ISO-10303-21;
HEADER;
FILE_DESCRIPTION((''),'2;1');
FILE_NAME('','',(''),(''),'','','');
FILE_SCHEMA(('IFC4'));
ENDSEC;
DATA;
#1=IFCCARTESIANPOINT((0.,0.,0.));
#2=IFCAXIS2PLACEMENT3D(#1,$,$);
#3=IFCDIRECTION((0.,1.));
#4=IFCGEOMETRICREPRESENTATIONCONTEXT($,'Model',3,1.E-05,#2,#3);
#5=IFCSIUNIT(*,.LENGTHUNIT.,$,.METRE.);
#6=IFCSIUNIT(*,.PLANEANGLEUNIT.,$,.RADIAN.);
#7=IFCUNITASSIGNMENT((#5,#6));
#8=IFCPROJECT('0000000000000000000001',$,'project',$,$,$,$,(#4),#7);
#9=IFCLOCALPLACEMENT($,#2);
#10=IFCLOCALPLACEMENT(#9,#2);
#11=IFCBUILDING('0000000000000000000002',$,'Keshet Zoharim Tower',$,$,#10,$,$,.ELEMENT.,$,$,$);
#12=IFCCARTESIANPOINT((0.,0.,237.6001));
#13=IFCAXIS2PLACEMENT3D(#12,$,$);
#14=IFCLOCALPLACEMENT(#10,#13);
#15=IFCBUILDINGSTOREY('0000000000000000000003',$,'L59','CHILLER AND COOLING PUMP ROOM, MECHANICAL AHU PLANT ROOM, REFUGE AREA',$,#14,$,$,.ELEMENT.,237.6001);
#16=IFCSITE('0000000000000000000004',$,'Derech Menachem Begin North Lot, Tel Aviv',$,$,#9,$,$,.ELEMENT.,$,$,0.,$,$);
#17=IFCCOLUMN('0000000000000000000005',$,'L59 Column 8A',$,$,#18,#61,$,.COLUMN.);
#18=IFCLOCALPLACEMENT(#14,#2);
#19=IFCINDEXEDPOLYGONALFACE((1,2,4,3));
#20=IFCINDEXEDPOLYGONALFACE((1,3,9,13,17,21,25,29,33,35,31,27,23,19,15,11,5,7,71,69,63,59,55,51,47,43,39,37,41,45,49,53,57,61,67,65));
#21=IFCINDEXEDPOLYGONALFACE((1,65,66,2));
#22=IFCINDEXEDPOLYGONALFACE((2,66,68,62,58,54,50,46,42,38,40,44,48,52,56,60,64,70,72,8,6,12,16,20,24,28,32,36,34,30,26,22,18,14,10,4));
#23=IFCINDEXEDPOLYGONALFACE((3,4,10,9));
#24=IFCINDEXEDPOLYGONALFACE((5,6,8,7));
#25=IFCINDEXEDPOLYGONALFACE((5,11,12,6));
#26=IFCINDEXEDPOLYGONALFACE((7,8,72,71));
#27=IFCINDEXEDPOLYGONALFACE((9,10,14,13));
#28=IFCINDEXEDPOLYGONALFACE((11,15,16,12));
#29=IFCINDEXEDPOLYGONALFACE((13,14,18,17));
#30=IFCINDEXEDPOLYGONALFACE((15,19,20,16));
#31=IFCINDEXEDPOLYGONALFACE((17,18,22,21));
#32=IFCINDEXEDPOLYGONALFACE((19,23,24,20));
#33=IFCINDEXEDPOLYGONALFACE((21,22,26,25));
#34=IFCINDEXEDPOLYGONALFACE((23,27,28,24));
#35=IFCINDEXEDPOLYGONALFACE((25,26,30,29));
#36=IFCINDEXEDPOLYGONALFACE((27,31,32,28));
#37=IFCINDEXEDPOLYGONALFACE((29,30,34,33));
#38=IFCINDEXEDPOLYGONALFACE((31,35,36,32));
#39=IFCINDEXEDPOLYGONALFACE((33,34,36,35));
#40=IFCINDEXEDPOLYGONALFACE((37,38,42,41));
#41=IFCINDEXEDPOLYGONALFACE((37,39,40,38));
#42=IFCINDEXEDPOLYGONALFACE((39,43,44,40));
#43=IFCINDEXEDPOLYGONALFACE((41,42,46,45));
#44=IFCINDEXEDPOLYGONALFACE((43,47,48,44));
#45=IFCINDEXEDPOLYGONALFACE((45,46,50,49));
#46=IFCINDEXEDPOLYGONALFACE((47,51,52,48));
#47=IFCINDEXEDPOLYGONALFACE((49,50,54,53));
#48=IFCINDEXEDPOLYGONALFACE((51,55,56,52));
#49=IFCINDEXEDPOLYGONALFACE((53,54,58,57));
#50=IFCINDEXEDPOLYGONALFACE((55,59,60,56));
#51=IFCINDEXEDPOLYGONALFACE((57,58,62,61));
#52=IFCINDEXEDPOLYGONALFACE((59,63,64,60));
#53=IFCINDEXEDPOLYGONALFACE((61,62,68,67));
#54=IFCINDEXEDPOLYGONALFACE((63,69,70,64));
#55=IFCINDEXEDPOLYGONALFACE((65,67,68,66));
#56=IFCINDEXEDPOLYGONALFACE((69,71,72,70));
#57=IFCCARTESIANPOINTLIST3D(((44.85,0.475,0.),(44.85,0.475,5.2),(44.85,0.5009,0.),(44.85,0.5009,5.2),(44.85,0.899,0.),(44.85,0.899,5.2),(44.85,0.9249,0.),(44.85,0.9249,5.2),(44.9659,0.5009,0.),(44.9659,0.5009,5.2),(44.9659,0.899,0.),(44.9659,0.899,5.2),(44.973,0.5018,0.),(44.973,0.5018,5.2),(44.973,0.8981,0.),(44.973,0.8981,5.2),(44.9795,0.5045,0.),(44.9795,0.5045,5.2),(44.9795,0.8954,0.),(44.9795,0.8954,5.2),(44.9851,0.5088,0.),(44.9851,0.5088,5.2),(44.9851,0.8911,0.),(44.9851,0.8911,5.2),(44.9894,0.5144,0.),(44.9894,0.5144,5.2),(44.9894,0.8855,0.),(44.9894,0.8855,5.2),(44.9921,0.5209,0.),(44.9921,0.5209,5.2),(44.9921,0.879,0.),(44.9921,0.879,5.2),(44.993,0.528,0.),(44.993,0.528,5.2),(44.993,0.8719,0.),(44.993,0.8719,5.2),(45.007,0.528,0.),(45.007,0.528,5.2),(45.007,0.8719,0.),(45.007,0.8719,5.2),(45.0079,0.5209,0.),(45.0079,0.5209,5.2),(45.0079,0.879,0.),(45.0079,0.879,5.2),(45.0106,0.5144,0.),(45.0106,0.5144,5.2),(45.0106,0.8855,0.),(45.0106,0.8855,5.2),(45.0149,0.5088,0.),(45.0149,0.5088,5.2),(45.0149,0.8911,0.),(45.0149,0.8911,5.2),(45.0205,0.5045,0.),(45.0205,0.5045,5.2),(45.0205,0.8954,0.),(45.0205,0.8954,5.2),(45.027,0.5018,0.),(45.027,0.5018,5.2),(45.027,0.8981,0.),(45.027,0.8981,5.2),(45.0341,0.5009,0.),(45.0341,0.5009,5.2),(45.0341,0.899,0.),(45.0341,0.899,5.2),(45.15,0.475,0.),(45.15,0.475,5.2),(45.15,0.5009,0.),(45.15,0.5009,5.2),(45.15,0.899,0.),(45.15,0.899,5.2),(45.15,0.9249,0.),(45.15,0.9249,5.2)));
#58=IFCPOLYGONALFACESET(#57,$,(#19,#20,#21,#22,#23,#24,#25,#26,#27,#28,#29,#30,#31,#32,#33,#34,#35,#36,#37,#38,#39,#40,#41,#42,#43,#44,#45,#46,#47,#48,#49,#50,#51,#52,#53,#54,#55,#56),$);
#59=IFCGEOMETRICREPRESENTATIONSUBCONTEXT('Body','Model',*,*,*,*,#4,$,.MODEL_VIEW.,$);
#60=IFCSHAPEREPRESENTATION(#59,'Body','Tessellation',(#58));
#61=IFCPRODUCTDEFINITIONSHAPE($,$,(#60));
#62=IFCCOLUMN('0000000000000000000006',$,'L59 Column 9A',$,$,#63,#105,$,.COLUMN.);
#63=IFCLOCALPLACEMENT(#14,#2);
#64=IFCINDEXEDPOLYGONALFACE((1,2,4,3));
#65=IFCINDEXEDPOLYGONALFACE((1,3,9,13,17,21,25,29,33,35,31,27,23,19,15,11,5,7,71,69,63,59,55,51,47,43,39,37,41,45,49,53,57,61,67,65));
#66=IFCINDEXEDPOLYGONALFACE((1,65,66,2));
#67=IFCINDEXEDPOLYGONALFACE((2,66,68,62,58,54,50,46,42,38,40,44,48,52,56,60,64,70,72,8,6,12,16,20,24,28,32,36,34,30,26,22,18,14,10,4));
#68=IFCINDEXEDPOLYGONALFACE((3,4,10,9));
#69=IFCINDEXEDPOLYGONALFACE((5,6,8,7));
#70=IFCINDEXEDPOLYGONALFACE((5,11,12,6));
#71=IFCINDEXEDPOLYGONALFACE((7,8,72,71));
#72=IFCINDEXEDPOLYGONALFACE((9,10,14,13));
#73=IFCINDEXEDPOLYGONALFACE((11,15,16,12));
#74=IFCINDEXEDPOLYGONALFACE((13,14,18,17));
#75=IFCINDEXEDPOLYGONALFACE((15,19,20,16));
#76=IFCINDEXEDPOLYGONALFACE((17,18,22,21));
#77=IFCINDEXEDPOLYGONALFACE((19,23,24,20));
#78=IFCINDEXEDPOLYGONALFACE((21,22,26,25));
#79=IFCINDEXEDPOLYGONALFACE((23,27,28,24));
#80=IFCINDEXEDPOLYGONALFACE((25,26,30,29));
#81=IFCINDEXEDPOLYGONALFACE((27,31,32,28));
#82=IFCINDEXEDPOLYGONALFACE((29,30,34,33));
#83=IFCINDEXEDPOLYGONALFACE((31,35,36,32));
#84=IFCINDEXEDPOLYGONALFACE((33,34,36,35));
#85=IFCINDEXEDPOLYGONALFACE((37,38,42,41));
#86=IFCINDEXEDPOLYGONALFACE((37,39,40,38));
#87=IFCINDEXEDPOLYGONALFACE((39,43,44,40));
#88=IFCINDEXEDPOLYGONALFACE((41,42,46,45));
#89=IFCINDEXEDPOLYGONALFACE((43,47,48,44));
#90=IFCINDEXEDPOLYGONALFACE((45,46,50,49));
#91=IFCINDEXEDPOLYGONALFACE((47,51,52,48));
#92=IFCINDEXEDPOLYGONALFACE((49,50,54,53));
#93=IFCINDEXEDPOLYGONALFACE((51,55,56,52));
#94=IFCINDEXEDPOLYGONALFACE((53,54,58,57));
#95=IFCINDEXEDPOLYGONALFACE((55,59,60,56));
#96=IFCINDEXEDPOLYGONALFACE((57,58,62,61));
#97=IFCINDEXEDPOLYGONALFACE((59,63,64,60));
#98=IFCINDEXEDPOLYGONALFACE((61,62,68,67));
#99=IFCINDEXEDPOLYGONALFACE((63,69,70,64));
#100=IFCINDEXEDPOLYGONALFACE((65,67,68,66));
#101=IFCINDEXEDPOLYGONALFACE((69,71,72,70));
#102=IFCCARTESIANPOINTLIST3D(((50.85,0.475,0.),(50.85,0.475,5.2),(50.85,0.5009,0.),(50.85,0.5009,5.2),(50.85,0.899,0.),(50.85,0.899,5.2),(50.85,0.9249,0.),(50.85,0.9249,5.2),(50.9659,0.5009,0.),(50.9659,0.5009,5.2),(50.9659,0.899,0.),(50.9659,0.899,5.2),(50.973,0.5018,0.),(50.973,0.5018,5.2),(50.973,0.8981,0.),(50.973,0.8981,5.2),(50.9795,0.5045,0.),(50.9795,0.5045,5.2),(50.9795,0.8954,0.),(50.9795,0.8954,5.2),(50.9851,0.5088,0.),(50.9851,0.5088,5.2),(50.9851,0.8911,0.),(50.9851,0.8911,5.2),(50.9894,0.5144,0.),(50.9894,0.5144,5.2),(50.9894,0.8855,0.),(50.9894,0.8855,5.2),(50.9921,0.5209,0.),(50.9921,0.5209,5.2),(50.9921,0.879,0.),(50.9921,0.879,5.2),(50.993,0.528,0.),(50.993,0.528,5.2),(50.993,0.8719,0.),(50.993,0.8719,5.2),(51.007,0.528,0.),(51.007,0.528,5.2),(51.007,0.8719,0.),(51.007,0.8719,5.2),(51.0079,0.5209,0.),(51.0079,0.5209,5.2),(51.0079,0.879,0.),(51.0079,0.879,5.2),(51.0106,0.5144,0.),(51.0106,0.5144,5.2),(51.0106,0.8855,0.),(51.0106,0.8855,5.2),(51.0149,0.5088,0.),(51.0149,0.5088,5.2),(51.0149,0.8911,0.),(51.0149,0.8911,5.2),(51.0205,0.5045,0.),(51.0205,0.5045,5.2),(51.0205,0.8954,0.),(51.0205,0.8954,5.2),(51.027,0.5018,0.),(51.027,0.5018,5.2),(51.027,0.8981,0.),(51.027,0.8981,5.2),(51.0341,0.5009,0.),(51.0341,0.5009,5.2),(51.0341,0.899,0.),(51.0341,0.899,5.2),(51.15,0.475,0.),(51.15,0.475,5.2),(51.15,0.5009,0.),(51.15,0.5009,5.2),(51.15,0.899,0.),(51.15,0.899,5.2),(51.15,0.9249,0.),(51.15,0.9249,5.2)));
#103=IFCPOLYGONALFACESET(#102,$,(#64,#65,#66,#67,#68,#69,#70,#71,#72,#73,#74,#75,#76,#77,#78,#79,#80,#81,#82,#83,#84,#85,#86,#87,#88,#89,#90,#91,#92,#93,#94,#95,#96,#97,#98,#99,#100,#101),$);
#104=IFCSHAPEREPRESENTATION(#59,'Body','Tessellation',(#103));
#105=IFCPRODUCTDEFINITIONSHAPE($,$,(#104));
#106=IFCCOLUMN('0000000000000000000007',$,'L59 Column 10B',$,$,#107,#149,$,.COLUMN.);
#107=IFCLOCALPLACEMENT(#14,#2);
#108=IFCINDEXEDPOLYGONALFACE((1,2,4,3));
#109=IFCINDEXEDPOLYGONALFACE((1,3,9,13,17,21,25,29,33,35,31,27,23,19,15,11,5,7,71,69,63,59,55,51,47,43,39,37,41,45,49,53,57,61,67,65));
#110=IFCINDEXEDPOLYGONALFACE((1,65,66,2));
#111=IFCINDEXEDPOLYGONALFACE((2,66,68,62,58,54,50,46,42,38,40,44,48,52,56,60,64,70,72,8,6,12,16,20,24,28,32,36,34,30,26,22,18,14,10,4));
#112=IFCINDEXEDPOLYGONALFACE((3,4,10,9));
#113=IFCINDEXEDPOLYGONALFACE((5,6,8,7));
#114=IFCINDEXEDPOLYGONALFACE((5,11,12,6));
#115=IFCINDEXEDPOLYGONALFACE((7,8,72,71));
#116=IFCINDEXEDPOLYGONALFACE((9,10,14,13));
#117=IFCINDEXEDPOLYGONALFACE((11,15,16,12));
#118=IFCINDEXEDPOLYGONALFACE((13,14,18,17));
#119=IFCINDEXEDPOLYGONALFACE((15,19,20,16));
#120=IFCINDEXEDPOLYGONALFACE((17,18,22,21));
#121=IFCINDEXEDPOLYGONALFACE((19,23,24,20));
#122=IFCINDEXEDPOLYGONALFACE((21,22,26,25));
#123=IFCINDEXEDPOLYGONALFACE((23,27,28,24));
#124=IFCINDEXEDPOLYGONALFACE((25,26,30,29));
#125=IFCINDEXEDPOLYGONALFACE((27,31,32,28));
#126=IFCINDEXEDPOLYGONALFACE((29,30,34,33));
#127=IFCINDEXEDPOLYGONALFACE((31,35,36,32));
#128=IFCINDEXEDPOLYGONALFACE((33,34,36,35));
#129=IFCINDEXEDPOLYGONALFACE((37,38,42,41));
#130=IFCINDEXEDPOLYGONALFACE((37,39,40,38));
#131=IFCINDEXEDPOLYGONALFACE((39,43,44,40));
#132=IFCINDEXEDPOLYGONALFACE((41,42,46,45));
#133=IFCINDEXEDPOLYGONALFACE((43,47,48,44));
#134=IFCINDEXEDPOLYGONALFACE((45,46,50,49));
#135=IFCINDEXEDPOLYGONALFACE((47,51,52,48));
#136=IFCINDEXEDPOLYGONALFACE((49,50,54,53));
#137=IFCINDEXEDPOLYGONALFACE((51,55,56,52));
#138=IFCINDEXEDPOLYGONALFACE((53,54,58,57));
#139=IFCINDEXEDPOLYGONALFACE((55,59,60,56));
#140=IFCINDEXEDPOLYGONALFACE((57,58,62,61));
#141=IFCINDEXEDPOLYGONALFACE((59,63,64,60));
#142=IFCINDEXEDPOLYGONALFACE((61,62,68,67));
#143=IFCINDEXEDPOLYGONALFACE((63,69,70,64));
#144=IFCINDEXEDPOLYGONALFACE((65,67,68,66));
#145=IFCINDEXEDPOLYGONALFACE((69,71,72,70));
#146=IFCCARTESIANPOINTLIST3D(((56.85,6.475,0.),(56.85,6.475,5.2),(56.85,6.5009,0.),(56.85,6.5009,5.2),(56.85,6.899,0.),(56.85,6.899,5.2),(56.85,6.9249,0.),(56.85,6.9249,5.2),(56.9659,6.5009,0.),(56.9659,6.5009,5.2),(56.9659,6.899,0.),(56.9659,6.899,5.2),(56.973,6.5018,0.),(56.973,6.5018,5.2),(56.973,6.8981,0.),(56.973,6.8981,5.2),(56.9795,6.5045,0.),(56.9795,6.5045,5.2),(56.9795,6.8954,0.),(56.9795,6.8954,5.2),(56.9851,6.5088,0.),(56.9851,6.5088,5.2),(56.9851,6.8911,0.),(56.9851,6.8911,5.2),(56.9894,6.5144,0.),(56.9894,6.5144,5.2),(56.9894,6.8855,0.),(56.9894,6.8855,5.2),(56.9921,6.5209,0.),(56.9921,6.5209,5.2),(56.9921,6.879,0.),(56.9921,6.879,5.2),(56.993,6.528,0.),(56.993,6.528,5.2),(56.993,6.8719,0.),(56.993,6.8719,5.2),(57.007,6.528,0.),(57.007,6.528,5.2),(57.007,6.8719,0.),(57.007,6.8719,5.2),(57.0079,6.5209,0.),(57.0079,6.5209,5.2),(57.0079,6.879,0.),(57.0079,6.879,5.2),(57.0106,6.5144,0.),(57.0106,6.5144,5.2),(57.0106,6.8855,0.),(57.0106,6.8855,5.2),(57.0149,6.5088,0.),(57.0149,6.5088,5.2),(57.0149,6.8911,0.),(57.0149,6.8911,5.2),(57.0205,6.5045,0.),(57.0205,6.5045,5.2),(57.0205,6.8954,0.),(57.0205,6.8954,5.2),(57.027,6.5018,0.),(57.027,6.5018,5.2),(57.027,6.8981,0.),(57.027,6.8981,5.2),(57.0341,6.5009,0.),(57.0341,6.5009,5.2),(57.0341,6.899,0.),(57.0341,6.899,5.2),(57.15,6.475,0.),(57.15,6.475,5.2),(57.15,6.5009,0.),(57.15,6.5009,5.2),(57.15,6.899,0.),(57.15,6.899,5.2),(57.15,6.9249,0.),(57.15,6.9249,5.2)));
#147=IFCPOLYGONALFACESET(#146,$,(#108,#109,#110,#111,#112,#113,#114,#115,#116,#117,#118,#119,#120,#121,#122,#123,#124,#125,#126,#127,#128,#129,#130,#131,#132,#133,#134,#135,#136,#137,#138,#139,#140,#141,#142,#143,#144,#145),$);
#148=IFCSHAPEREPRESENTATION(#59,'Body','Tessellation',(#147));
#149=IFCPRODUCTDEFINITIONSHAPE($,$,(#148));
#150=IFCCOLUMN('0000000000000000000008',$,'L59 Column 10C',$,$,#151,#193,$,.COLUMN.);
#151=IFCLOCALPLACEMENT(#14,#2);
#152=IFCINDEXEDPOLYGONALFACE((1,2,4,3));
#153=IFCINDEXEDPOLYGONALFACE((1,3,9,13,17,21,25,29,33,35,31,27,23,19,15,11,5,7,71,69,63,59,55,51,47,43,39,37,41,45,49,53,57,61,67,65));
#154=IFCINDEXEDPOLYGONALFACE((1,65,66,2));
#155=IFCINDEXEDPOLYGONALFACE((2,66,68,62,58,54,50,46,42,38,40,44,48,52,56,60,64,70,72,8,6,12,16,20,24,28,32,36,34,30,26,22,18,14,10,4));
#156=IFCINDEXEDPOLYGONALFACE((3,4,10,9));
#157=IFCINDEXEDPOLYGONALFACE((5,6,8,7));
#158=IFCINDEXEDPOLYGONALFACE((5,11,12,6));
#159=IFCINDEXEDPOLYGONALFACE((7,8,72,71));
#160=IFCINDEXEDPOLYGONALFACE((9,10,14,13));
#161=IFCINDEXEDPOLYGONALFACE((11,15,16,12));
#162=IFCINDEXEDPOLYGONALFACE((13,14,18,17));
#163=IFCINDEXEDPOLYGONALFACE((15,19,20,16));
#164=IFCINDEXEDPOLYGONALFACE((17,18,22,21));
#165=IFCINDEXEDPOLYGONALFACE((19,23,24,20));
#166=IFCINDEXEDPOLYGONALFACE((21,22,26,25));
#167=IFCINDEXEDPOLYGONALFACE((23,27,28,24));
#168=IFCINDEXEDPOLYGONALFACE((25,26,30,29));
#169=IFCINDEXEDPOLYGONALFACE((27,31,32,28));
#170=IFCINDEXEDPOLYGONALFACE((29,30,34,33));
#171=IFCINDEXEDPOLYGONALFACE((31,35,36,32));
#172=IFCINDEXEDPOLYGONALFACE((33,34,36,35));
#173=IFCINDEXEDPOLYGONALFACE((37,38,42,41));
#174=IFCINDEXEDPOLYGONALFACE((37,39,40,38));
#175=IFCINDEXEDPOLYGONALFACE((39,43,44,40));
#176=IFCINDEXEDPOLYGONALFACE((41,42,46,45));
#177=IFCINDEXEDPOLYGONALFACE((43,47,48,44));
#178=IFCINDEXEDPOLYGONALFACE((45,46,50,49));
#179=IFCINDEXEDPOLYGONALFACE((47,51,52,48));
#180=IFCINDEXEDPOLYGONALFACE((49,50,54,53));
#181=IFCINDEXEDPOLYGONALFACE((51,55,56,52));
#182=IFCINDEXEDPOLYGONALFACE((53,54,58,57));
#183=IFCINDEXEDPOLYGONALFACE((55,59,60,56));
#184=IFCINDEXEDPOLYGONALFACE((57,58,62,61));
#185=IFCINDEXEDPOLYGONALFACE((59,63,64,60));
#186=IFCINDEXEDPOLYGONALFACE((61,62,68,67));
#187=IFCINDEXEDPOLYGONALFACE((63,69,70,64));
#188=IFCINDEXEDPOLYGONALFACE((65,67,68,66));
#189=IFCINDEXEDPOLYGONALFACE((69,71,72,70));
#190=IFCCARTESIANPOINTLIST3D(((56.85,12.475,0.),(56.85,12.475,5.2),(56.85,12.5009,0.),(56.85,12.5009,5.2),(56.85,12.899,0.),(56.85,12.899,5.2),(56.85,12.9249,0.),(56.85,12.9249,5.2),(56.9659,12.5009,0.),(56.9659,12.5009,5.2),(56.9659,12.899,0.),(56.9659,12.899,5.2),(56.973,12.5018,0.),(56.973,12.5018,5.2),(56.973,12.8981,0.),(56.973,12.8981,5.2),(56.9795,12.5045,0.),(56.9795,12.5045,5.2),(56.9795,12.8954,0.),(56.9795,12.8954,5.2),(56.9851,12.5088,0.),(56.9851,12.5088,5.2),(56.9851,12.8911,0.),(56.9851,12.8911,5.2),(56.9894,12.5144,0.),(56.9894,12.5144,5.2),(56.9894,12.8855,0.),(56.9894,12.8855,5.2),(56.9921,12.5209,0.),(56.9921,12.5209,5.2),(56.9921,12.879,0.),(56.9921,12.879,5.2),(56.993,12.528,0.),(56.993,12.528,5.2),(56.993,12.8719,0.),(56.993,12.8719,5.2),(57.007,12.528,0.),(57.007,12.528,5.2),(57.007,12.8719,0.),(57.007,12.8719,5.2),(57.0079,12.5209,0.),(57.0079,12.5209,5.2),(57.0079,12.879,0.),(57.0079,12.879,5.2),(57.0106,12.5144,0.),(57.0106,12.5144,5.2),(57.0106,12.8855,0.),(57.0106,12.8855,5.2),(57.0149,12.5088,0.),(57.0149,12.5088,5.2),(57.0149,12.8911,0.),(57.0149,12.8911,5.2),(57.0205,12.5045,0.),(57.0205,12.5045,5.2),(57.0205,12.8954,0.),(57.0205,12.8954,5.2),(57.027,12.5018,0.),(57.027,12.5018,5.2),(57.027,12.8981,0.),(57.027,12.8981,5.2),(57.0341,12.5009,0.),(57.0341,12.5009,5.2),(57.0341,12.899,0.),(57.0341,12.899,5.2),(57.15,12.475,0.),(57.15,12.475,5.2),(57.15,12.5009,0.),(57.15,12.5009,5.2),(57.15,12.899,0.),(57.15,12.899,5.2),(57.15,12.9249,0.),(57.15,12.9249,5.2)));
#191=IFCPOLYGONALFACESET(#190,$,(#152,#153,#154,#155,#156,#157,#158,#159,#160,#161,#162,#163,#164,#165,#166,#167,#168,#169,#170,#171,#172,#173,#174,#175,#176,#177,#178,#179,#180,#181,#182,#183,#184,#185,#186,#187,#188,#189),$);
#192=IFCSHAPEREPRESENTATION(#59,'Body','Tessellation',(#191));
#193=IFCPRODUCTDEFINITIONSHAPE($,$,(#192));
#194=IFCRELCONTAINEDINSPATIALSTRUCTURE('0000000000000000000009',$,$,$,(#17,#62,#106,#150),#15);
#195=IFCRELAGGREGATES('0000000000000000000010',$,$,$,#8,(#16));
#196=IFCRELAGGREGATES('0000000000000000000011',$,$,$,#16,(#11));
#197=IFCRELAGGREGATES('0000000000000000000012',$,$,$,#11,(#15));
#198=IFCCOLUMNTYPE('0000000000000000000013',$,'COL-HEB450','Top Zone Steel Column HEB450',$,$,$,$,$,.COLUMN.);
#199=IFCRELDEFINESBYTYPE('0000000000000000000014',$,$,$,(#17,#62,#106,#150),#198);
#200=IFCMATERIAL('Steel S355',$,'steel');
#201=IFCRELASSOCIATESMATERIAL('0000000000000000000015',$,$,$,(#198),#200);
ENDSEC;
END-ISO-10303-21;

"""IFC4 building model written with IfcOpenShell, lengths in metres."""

from ifc_helpers import new_model, si_unit, direction, frame, origin, origin_2d, place, context, subcontext, project, spatial, i_section, extrude, material, material_profile, profile_set, type_object, element, save


model = new_model("IFC4")

# Units and contexts
model_context = context("Model", 3, precision=1e-05, world=origin(), true_north=direction((0.0, 1.0)))
body_context = subcontext(model_context, "Body", "Model", "MODEL_VIEW")
ifc_project = project(units=[si_unit("LENGTHUNIT", "METRE"), si_unit("PLANEANGLEUNIT", "RADIAN")], contexts=[model_context])

# Site, building, storey
site_placement = place(None, origin())
site = spatial("IfcSite", under=ifc_project, at=site_placement, Name="Derech Menachem Begin North Lot, Tel Aviv", CompositionType="ELEMENT", RefElevation=0.0)
building_placement = place(site_placement, origin())
building = spatial("IfcBuilding", under=site, at=building_placement, Name="Keshet Zoharim Tower", CompositionType="ELEMENT")
storey_placement = place(building_placement, frame((0.0, 0.0, 237.6001)))
storey = spatial("IfcBuildingStorey", under=building, at=storey_placement, Name="L59", Description="CHILLER AND COOLING PUMP ROOM, MECHANICAL AHU PLANT ROOM, REFUGE AREA", CompositionType="ELEMENT", Elevation=237.6001)

# Columns
ifc_material_1 = material(Name="Steel S355", Category="steel")
ifc_material_profile_1 = material_profile(ifc_material_1, i_section(OverallWidth=0.3, OverallDepth=0.45, WebThickness=0.0139, FlangeThickness=0.0259, FilletRadius=0.0271, at=origin_2d()), Name="HEB450")
ifc_profile_set_1 = profile_set([ifc_material_profile_1], Name="Steel S355")
column_type = type_object("IfcColumnType", Name="COL-HEB450", Description="Top Zone Steel Column HEB450", PredefinedType="COLUMN", material=ifc_profile_set_1)
for number, where, z_axis, x_axis, name in (
    (1, (45.0, 0.7, 0.0), (0.0, 0.0, 1.0), (1.0, 0.0, 0.0), "L59 Column 8A"),
    (2, (51.0, 0.7, 0.0), (0.0, 0.0, 1.0), (1.0, 0.0, 0.0), "L59 Column 9A"),
    (3, (57.0, 6.7, 0.0), (0.0, 0.0, 1.0), (1.0, 0.0, 0.0), "L59 Column 10B"),
    (4, (57.0, 12.7, 0.0), (0.0, 0.0, 1.0), (1.0, 0.0, 0.0), "L59 Column 10C"),
):
    element("IfcColumn", number, at=place(storey_placement, frame(where, z_axis=z_axis, x_axis=x_axis)), inside=storey, type_object=column_type, Name=name, PredefinedType="COLUMN", context=body_context, shape_type="SweptSolid", body=[
        extrude(i_section(OverallWidth=0.3, OverallDepth=0.45, WebThickness=0.0139, FlangeThickness=0.0259, FilletRadius=0.0271, at=origin_2d()), origin(), (0.0, 0.0, 1.0), 5.2),
    ])

save(model, "model.ifc")
